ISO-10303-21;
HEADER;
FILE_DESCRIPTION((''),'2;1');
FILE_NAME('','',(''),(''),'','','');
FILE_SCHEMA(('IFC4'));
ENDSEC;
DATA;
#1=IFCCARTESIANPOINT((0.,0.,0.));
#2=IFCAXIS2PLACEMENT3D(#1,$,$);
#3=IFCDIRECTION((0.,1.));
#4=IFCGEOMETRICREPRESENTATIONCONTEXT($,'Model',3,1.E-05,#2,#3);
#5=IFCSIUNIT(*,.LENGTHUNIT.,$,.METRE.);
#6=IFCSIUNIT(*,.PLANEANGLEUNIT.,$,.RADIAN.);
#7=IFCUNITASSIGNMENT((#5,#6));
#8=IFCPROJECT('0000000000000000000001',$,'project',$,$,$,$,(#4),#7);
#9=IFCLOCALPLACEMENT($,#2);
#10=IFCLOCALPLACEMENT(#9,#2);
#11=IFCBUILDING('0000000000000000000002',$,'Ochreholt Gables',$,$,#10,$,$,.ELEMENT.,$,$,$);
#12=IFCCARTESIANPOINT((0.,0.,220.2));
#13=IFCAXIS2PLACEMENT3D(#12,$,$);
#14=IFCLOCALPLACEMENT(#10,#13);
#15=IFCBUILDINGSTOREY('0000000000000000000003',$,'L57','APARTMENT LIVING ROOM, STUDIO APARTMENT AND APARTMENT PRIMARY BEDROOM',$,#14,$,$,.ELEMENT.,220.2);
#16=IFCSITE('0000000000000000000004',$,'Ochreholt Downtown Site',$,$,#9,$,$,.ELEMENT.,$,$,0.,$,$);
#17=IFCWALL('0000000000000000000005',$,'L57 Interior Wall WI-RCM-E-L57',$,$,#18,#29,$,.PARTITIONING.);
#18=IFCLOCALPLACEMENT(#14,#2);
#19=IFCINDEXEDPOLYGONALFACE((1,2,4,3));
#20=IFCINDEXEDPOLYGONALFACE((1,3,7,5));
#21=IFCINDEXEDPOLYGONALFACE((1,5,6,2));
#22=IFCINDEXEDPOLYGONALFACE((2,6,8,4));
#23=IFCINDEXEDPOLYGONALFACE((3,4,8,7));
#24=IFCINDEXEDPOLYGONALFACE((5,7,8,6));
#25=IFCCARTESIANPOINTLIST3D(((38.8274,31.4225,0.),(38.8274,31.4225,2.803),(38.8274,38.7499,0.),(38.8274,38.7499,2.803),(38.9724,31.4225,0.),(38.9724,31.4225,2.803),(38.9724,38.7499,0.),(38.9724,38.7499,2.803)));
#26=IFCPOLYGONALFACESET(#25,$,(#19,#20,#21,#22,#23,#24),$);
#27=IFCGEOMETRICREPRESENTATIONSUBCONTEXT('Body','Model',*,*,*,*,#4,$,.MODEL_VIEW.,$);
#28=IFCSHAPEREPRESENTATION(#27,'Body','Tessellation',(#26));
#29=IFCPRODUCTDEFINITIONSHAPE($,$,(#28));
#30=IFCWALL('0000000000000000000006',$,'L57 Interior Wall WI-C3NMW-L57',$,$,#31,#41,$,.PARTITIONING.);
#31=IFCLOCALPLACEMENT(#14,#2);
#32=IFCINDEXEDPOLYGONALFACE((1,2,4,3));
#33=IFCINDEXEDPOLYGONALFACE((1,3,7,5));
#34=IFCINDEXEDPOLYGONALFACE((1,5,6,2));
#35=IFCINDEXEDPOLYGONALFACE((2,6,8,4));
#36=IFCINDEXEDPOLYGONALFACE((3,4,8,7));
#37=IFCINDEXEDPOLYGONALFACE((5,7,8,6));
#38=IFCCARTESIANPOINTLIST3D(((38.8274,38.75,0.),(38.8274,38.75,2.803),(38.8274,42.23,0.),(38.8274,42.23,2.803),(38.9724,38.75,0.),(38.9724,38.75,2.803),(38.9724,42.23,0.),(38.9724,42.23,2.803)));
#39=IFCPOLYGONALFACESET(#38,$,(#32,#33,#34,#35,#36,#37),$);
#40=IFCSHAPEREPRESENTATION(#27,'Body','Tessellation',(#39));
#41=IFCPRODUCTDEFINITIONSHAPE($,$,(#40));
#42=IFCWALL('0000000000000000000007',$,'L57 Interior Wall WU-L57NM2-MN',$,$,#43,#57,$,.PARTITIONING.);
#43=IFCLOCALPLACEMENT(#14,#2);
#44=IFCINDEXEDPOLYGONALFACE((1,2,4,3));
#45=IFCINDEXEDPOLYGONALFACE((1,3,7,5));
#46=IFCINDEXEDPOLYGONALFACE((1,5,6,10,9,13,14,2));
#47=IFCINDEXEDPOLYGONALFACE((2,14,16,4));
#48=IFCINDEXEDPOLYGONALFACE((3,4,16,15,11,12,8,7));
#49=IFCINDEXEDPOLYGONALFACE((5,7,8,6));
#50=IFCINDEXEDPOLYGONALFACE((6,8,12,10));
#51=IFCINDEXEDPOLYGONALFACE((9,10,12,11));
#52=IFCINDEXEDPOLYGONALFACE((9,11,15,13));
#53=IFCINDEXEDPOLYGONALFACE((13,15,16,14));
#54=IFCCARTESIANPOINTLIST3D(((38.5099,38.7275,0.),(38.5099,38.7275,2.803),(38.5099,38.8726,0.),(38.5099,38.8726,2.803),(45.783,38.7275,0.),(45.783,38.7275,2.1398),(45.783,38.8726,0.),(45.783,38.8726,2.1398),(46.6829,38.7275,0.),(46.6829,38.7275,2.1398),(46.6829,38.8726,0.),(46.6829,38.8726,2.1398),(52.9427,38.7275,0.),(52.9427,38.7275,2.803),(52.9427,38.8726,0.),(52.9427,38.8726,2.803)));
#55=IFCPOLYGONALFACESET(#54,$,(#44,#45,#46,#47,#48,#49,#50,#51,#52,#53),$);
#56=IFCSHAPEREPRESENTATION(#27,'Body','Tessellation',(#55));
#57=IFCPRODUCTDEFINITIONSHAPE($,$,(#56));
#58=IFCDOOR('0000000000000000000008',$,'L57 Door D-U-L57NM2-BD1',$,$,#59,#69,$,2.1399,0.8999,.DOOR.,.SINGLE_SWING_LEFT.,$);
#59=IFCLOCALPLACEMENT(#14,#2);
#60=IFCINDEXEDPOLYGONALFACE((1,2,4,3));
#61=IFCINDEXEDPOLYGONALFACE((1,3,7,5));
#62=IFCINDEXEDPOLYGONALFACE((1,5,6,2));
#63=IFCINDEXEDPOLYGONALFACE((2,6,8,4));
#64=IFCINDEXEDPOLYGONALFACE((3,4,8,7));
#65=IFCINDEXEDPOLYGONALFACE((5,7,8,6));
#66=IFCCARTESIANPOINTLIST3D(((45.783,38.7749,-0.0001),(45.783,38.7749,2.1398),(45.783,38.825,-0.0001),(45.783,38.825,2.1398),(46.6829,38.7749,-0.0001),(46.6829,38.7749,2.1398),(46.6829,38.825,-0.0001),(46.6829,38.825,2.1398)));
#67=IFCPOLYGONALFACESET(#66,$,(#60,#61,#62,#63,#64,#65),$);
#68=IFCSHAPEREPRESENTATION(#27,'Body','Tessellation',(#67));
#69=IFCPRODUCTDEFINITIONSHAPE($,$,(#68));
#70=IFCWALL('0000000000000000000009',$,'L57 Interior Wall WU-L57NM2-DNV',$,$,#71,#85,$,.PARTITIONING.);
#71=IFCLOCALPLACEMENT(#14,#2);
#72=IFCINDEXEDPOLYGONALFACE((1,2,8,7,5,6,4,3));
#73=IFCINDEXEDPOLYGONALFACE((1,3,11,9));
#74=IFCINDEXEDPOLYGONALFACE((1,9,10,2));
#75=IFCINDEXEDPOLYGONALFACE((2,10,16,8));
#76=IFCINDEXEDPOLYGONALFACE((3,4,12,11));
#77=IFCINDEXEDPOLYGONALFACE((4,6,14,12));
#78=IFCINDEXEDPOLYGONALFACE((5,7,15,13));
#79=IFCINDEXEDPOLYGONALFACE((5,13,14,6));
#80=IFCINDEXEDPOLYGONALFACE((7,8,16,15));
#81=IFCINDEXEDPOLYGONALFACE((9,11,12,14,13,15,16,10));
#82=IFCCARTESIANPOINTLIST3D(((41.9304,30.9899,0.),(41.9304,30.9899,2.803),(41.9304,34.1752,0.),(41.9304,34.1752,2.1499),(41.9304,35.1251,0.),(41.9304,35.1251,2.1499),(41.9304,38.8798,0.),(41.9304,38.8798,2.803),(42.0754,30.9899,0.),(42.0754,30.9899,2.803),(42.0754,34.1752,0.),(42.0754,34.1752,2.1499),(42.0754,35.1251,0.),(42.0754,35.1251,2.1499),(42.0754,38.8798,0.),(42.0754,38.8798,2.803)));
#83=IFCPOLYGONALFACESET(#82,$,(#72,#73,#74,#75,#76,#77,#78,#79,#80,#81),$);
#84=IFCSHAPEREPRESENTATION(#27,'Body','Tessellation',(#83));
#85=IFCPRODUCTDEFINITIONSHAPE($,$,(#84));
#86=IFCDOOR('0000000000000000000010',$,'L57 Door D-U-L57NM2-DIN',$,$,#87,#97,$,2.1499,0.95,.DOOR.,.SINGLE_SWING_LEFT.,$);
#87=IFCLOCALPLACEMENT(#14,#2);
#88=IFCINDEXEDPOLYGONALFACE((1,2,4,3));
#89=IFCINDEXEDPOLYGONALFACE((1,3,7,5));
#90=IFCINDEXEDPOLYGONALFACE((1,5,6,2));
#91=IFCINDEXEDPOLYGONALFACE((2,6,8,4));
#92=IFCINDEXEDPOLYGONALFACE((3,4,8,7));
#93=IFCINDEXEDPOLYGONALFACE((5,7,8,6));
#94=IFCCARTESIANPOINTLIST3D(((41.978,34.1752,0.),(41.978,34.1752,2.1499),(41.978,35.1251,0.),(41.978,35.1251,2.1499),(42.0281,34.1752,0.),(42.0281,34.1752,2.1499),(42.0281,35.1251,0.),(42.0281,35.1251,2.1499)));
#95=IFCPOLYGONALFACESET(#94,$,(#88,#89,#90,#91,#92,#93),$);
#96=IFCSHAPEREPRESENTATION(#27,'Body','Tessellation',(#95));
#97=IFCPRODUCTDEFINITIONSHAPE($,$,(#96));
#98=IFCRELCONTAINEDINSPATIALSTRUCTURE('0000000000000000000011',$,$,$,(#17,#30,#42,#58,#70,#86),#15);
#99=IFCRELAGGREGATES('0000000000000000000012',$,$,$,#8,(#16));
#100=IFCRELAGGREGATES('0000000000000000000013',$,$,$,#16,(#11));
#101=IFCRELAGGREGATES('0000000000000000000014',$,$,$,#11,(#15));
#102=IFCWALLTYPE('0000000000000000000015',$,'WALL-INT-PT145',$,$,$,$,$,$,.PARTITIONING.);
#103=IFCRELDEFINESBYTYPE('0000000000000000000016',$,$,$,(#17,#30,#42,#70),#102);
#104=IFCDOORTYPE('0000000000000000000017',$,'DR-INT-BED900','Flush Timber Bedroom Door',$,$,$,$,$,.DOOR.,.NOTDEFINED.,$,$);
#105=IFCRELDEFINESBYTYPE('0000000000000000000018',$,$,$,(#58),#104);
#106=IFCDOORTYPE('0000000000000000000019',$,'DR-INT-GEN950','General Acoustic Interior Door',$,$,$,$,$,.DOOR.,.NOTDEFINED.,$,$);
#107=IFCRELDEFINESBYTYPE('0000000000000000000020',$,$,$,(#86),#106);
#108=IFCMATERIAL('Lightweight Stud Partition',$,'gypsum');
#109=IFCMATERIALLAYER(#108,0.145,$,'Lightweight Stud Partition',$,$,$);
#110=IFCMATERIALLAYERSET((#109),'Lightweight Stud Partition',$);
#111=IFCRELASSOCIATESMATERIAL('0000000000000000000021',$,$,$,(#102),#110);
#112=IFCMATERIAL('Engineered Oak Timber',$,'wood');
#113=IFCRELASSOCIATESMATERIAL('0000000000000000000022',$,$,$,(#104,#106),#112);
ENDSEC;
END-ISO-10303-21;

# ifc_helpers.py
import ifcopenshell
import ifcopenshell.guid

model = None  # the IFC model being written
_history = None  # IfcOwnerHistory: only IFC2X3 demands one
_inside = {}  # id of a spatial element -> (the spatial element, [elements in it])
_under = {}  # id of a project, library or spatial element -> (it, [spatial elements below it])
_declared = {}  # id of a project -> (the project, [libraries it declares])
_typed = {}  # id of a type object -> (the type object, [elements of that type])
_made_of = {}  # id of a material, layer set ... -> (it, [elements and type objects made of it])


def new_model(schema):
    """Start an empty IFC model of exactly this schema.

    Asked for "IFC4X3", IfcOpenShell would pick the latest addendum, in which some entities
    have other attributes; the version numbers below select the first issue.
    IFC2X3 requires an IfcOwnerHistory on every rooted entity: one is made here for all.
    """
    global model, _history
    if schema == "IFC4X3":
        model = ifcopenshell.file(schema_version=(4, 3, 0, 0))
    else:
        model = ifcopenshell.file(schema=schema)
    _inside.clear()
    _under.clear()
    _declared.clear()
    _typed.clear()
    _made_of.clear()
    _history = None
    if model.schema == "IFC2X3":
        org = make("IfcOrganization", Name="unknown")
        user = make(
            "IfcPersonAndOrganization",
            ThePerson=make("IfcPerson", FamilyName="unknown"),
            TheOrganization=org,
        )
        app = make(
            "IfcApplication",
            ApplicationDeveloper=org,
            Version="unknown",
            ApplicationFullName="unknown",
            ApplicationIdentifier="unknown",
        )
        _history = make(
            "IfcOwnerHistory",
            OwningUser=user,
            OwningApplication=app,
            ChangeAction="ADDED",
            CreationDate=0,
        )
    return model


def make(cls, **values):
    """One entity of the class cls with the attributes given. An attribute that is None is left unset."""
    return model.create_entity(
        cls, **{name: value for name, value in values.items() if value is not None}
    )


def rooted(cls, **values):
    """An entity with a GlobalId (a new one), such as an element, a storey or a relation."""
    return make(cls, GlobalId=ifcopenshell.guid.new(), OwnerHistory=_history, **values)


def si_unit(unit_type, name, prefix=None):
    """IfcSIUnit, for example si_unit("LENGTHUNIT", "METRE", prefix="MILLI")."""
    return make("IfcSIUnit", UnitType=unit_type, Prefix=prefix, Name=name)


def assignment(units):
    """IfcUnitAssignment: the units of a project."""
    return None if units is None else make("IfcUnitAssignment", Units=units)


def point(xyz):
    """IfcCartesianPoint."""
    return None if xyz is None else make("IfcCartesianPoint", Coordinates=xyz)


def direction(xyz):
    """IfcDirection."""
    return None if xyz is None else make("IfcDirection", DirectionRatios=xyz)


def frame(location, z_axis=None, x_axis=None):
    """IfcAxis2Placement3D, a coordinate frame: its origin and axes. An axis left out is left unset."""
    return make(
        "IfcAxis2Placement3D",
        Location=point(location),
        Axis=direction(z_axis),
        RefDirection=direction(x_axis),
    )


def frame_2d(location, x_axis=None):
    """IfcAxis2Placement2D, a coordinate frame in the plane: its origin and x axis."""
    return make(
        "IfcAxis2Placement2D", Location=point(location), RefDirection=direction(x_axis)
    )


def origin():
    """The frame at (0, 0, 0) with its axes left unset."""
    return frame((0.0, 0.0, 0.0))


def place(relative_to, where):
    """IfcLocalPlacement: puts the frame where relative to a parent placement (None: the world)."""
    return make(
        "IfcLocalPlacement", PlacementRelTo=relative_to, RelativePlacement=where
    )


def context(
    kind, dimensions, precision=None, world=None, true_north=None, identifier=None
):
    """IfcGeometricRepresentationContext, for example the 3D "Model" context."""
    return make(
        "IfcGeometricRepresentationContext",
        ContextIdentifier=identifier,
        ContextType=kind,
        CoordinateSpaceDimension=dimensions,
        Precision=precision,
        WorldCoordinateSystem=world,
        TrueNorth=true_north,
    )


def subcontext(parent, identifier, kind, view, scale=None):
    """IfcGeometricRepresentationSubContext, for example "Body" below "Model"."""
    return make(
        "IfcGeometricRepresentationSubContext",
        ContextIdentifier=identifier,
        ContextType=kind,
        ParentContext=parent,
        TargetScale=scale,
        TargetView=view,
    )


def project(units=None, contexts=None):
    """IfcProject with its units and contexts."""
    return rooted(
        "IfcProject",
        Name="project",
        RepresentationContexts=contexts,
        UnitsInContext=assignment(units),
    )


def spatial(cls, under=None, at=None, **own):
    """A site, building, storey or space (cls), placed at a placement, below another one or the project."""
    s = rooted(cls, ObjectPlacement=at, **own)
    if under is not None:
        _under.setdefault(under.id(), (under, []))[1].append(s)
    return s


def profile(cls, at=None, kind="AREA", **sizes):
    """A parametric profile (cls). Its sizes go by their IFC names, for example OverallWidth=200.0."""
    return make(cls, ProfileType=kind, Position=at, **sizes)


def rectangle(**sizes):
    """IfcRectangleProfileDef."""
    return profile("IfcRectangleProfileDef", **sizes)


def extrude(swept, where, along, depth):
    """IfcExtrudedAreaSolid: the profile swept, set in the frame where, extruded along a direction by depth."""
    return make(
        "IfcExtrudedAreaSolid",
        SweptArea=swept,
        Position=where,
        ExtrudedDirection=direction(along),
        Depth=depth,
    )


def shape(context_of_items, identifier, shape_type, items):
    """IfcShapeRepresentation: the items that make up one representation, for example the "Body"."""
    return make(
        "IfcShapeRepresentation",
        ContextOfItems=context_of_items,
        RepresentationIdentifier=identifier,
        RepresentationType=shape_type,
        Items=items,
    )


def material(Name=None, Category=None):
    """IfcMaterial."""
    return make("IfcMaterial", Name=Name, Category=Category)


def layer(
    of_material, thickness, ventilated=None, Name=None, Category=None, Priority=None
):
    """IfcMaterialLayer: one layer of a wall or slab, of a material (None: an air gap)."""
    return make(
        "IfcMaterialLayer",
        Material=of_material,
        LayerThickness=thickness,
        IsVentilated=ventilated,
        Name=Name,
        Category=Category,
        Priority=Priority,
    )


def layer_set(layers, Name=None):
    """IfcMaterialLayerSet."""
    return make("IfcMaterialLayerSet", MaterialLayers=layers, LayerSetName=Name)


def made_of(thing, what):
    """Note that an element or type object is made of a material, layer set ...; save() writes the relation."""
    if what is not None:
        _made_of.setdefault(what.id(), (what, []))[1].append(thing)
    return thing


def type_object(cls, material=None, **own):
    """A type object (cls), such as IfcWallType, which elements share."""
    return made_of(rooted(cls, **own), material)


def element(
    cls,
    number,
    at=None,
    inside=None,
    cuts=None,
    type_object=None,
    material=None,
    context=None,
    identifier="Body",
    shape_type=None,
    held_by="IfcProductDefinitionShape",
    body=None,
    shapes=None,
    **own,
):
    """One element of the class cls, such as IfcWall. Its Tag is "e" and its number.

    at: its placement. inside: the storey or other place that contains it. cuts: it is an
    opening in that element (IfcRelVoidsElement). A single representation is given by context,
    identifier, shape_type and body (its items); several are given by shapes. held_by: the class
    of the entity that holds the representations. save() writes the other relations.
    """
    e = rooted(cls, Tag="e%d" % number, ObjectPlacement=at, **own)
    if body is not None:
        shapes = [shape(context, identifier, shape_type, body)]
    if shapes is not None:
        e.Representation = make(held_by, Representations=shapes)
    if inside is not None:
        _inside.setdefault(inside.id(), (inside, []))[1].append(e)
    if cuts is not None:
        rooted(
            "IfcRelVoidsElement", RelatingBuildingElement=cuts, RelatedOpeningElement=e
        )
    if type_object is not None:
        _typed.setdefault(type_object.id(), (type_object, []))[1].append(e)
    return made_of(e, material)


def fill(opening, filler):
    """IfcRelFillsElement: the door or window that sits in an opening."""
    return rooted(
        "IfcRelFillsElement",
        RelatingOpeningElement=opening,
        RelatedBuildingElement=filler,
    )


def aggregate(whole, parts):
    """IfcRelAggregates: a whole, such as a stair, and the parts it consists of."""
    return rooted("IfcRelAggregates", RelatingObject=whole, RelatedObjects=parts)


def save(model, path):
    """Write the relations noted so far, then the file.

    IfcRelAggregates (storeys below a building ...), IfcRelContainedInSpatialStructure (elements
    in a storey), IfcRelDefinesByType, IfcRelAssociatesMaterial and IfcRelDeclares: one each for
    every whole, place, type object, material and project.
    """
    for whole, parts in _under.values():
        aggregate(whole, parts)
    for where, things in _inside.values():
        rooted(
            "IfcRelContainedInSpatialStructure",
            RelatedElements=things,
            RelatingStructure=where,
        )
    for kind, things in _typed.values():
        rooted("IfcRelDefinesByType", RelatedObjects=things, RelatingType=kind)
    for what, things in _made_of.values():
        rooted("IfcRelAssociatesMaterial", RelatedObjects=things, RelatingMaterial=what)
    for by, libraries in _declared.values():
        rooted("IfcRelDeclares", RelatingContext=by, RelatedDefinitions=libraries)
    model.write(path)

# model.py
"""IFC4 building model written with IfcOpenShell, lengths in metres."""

from ifc_helpers import new_model, si_unit, direction, frame, frame_2d, origin, place, context, subcontext, project, spatial, rectangle, extrude, material, layer, layer_set, type_object, element, fill, save


model = new_model("IFC4")

# Units and contexts
model_context = context("Model", 3, precision=1e-05, world=origin(), true_north=direction((0.0, 1.0)))
body_context = subcontext(model_context, "Body", "Model", "MODEL_VIEW")
ifc_project = project(units=[si_unit("LENGTHUNIT", "METRE"), si_unit("PLANEANGLEUNIT", "RADIAN")], contexts=[model_context])

# Site, building, storey
site_placement = place(None, origin())
site = spatial("IfcSite", under=ifc_project, at=site_placement, Name="Ochreholt Downtown Site", CompositionType="ELEMENT", RefElevation=0.0)
building_placement = place(site_placement, origin())
building = spatial("IfcBuilding", under=site, at=building_placement, Name="Ochreholt Gables", CompositionType="ELEMENT")
storey_placement = place(building_placement, frame((0.0, 0.0, 220.2)))
storey = spatial("IfcBuildingStorey", under=building, at=storey_placement, Name="L57", Description="APARTMENT LIVING ROOM, STUDIO APARTMENT AND APARTMENT PRIMARY BEDROOM", CompositionType="ELEMENT", Elevation=220.2)

# Shared definitions
ifc_material_1 = material(Name="Engineered Oak Timber", Category="wood")

# Walls
ifc_material_2 = material(Name="Lightweight Stud Partition", Category="gypsum")
ifc_layer_1 = layer(ifc_material_2, 0.145, Name="Lightweight Stud Partition")
ifc_layer_set_1 = layer_set([ifc_layer_1], Name="Lightweight Stud Partition")
wall_type_1 = type_object("IfcWallType", Name="WALL-INT-PT145", PredefinedType="PARTITIONING", material=ifc_layer_set_1)
wall_1_placement = place(storey_placement, frame((38.8999, 31.4226, 0.0), z_axis=(0.0, 0.0, 1.0), x_axis=(0.0, 1.0, 0.0)))
element("IfcWall", 1, at=wall_1_placement, inside=storey, type_object=wall_type_1, Name="L57 Interior Wall WI-RCM-E-L57", PredefinedType="PARTITIONING", context=body_context, shape_type="SweptSolid", body=[
    extrude(rectangle(XDim=7.3274, YDim=0.145, at=frame_2d((3.6636, 0.0))), origin(), (0.0, 0.0, 1.0), 2.803),
])
wall_2_placement = place(storey_placement, frame((38.8999, 38.75, 0.0), z_axis=(0.0, 0.0, 1.0), x_axis=(0.0, 1.0, 0.0)))
element("IfcWall", 2, at=wall_2_placement, inside=storey, type_object=wall_type_1, Name="L57 Interior Wall WI-C3NMW-L57", PredefinedType="PARTITIONING", context=body_context, shape_type="SweptSolid", body=[
    extrude(rectangle(XDim=3.48, YDim=0.145, at=frame_2d((1.74, 0.0))), origin(), (0.0, 0.0, 1.0), 2.803),
])

# Walls, openings, doors
wall_3_placement = place(storey_placement, frame((38.51, 38.8, 0.0), z_axis=(0.0, 0.0, 1.0), x_axis=(1.0, 0.0, 0.0)))
wall_3 = element("IfcWall", 3, at=wall_3_placement, inside=storey, type_object=wall_type_1, Name="L57 Interior Wall WU-L57NM2-MN", PredefinedType="PARTITIONING", context=body_context, shape_type="SweptSolid", body=[
    extrude(rectangle(XDim=14.4329, YDim=0.145, at=frame_2d((7.2163, 0.0))), origin(), (0.0, 0.0, 1.0), 2.803),
])
opening_1_placement = place(wall_3_placement, frame((7.2729, 0.0, 0.0)))
opening_1 = element("IfcOpeningElement", 4, at=opening_1_placement, cuts=wall_3, PredefinedType="OPENING", context=body_context, shape_type="SweptSolid", body=[
    extrude(rectangle(XDim=0.8999, YDim=2.1399, at=frame_2d((0.45, 1.0698))), frame((0.0, 0.0825, 0.0), z_axis=(0.0, -1.0, 0.0), x_axis=(1.0, 0.0, 0.0)), (0.0, 0.0, 1.0), 0.165),
])
door_type_1 = type_object("IfcDoorType", Name="DR-INT-BED900", Description="Flush Timber Bedroom Door", OperationType="NOTDEFINED", PredefinedType="DOOR", material=ifc_material_1)
door_1_placement = place(opening_1_placement, origin())
door_1 = element("IfcDoor", 5, at=door_1_placement, inside=storey, type_object=door_type_1, Name="L57 Door D-U-L57NM2-BD1", OperationType="SINGLE_SWING_LEFT", OverallHeight=2.1399, OverallWidth=0.8999, PredefinedType="DOOR", context=body_context, shape_type="SweptSolid", body=[
    extrude(rectangle(XDim=0.8999, YDim=2.1399, at=frame_2d((0.45, 1.0698))), frame((0.0, 0.0249, 0.0), z_axis=(0.0, -1.0, 0.0), x_axis=(1.0, 0.0, 0.0)), (0.0, 0.0, 1.0), 0.05),
])
fill(opening_1, door_1)
wall_4_placement = place(storey_placement, frame((42.0029, 30.99, 0.0), z_axis=(0.0, 0.0, 1.0), x_axis=(0.0, 1.0, 0.0)))
wall_4 = element("IfcWall", 6, at=wall_4_placement, inside=storey, type_object=wall_type_1, Name="L57 Interior Wall WU-L57NM2-DNV", PredefinedType="PARTITIONING", context=body_context, shape_type="SweptSolid", body=[
    extrude(rectangle(XDim=7.8899, YDim=0.145, at=frame_2d((3.9448, 0.0))), origin(), (0.0, 0.0, 1.0), 2.803),
])
opening_2_placement = place(wall_4_placement, frame((3.1851, 0.0, 0.0)))
opening_2 = element("IfcOpeningElement", 7, at=opening_2_placement, cuts=wall_4, PredefinedType="OPENING", context=body_context, shape_type="SweptSolid", body=[
    extrude(rectangle(XDim=0.95, YDim=2.1499, at=frame_2d((0.4751, 1.075))), frame((0.0, 0.0825, 0.0), z_axis=(0.0, -1.0, 0.0), x_axis=(1.0, 0.0, 0.0)), (0.0, 0.0, 1.0), 0.165),
])
door_type_2 = type_object("IfcDoorType", Name="DR-INT-GEN950", Description="General Acoustic Interior Door", OperationType="NOTDEFINED", PredefinedType="DOOR", material=ifc_material_1)
door_2_placement = place(opening_2_placement, origin())
door_2 = element("IfcDoor", 8, at=door_2_placement, inside=storey, type_object=door_type_2, Name="L57 Door D-U-L57NM2-DIN", OperationType="SINGLE_SWING_LEFT", OverallHeight=2.1499, OverallWidth=0.95, PredefinedType="DOOR", context=body_context, shape_type="SweptSolid", body=[
    extrude(rectangle(XDim=0.95, YDim=2.1499, at=frame_2d((0.4751, 1.075))), frame((0.0, 0.0249, 0.0), z_axis=(0.0, -1.0, 0.0), x_axis=(1.0, 0.0, 0.0)), (0.0, 0.0, 1.0), 0.05),
])
fill(opening_2, door_2)

save(model, "model.ifc")
